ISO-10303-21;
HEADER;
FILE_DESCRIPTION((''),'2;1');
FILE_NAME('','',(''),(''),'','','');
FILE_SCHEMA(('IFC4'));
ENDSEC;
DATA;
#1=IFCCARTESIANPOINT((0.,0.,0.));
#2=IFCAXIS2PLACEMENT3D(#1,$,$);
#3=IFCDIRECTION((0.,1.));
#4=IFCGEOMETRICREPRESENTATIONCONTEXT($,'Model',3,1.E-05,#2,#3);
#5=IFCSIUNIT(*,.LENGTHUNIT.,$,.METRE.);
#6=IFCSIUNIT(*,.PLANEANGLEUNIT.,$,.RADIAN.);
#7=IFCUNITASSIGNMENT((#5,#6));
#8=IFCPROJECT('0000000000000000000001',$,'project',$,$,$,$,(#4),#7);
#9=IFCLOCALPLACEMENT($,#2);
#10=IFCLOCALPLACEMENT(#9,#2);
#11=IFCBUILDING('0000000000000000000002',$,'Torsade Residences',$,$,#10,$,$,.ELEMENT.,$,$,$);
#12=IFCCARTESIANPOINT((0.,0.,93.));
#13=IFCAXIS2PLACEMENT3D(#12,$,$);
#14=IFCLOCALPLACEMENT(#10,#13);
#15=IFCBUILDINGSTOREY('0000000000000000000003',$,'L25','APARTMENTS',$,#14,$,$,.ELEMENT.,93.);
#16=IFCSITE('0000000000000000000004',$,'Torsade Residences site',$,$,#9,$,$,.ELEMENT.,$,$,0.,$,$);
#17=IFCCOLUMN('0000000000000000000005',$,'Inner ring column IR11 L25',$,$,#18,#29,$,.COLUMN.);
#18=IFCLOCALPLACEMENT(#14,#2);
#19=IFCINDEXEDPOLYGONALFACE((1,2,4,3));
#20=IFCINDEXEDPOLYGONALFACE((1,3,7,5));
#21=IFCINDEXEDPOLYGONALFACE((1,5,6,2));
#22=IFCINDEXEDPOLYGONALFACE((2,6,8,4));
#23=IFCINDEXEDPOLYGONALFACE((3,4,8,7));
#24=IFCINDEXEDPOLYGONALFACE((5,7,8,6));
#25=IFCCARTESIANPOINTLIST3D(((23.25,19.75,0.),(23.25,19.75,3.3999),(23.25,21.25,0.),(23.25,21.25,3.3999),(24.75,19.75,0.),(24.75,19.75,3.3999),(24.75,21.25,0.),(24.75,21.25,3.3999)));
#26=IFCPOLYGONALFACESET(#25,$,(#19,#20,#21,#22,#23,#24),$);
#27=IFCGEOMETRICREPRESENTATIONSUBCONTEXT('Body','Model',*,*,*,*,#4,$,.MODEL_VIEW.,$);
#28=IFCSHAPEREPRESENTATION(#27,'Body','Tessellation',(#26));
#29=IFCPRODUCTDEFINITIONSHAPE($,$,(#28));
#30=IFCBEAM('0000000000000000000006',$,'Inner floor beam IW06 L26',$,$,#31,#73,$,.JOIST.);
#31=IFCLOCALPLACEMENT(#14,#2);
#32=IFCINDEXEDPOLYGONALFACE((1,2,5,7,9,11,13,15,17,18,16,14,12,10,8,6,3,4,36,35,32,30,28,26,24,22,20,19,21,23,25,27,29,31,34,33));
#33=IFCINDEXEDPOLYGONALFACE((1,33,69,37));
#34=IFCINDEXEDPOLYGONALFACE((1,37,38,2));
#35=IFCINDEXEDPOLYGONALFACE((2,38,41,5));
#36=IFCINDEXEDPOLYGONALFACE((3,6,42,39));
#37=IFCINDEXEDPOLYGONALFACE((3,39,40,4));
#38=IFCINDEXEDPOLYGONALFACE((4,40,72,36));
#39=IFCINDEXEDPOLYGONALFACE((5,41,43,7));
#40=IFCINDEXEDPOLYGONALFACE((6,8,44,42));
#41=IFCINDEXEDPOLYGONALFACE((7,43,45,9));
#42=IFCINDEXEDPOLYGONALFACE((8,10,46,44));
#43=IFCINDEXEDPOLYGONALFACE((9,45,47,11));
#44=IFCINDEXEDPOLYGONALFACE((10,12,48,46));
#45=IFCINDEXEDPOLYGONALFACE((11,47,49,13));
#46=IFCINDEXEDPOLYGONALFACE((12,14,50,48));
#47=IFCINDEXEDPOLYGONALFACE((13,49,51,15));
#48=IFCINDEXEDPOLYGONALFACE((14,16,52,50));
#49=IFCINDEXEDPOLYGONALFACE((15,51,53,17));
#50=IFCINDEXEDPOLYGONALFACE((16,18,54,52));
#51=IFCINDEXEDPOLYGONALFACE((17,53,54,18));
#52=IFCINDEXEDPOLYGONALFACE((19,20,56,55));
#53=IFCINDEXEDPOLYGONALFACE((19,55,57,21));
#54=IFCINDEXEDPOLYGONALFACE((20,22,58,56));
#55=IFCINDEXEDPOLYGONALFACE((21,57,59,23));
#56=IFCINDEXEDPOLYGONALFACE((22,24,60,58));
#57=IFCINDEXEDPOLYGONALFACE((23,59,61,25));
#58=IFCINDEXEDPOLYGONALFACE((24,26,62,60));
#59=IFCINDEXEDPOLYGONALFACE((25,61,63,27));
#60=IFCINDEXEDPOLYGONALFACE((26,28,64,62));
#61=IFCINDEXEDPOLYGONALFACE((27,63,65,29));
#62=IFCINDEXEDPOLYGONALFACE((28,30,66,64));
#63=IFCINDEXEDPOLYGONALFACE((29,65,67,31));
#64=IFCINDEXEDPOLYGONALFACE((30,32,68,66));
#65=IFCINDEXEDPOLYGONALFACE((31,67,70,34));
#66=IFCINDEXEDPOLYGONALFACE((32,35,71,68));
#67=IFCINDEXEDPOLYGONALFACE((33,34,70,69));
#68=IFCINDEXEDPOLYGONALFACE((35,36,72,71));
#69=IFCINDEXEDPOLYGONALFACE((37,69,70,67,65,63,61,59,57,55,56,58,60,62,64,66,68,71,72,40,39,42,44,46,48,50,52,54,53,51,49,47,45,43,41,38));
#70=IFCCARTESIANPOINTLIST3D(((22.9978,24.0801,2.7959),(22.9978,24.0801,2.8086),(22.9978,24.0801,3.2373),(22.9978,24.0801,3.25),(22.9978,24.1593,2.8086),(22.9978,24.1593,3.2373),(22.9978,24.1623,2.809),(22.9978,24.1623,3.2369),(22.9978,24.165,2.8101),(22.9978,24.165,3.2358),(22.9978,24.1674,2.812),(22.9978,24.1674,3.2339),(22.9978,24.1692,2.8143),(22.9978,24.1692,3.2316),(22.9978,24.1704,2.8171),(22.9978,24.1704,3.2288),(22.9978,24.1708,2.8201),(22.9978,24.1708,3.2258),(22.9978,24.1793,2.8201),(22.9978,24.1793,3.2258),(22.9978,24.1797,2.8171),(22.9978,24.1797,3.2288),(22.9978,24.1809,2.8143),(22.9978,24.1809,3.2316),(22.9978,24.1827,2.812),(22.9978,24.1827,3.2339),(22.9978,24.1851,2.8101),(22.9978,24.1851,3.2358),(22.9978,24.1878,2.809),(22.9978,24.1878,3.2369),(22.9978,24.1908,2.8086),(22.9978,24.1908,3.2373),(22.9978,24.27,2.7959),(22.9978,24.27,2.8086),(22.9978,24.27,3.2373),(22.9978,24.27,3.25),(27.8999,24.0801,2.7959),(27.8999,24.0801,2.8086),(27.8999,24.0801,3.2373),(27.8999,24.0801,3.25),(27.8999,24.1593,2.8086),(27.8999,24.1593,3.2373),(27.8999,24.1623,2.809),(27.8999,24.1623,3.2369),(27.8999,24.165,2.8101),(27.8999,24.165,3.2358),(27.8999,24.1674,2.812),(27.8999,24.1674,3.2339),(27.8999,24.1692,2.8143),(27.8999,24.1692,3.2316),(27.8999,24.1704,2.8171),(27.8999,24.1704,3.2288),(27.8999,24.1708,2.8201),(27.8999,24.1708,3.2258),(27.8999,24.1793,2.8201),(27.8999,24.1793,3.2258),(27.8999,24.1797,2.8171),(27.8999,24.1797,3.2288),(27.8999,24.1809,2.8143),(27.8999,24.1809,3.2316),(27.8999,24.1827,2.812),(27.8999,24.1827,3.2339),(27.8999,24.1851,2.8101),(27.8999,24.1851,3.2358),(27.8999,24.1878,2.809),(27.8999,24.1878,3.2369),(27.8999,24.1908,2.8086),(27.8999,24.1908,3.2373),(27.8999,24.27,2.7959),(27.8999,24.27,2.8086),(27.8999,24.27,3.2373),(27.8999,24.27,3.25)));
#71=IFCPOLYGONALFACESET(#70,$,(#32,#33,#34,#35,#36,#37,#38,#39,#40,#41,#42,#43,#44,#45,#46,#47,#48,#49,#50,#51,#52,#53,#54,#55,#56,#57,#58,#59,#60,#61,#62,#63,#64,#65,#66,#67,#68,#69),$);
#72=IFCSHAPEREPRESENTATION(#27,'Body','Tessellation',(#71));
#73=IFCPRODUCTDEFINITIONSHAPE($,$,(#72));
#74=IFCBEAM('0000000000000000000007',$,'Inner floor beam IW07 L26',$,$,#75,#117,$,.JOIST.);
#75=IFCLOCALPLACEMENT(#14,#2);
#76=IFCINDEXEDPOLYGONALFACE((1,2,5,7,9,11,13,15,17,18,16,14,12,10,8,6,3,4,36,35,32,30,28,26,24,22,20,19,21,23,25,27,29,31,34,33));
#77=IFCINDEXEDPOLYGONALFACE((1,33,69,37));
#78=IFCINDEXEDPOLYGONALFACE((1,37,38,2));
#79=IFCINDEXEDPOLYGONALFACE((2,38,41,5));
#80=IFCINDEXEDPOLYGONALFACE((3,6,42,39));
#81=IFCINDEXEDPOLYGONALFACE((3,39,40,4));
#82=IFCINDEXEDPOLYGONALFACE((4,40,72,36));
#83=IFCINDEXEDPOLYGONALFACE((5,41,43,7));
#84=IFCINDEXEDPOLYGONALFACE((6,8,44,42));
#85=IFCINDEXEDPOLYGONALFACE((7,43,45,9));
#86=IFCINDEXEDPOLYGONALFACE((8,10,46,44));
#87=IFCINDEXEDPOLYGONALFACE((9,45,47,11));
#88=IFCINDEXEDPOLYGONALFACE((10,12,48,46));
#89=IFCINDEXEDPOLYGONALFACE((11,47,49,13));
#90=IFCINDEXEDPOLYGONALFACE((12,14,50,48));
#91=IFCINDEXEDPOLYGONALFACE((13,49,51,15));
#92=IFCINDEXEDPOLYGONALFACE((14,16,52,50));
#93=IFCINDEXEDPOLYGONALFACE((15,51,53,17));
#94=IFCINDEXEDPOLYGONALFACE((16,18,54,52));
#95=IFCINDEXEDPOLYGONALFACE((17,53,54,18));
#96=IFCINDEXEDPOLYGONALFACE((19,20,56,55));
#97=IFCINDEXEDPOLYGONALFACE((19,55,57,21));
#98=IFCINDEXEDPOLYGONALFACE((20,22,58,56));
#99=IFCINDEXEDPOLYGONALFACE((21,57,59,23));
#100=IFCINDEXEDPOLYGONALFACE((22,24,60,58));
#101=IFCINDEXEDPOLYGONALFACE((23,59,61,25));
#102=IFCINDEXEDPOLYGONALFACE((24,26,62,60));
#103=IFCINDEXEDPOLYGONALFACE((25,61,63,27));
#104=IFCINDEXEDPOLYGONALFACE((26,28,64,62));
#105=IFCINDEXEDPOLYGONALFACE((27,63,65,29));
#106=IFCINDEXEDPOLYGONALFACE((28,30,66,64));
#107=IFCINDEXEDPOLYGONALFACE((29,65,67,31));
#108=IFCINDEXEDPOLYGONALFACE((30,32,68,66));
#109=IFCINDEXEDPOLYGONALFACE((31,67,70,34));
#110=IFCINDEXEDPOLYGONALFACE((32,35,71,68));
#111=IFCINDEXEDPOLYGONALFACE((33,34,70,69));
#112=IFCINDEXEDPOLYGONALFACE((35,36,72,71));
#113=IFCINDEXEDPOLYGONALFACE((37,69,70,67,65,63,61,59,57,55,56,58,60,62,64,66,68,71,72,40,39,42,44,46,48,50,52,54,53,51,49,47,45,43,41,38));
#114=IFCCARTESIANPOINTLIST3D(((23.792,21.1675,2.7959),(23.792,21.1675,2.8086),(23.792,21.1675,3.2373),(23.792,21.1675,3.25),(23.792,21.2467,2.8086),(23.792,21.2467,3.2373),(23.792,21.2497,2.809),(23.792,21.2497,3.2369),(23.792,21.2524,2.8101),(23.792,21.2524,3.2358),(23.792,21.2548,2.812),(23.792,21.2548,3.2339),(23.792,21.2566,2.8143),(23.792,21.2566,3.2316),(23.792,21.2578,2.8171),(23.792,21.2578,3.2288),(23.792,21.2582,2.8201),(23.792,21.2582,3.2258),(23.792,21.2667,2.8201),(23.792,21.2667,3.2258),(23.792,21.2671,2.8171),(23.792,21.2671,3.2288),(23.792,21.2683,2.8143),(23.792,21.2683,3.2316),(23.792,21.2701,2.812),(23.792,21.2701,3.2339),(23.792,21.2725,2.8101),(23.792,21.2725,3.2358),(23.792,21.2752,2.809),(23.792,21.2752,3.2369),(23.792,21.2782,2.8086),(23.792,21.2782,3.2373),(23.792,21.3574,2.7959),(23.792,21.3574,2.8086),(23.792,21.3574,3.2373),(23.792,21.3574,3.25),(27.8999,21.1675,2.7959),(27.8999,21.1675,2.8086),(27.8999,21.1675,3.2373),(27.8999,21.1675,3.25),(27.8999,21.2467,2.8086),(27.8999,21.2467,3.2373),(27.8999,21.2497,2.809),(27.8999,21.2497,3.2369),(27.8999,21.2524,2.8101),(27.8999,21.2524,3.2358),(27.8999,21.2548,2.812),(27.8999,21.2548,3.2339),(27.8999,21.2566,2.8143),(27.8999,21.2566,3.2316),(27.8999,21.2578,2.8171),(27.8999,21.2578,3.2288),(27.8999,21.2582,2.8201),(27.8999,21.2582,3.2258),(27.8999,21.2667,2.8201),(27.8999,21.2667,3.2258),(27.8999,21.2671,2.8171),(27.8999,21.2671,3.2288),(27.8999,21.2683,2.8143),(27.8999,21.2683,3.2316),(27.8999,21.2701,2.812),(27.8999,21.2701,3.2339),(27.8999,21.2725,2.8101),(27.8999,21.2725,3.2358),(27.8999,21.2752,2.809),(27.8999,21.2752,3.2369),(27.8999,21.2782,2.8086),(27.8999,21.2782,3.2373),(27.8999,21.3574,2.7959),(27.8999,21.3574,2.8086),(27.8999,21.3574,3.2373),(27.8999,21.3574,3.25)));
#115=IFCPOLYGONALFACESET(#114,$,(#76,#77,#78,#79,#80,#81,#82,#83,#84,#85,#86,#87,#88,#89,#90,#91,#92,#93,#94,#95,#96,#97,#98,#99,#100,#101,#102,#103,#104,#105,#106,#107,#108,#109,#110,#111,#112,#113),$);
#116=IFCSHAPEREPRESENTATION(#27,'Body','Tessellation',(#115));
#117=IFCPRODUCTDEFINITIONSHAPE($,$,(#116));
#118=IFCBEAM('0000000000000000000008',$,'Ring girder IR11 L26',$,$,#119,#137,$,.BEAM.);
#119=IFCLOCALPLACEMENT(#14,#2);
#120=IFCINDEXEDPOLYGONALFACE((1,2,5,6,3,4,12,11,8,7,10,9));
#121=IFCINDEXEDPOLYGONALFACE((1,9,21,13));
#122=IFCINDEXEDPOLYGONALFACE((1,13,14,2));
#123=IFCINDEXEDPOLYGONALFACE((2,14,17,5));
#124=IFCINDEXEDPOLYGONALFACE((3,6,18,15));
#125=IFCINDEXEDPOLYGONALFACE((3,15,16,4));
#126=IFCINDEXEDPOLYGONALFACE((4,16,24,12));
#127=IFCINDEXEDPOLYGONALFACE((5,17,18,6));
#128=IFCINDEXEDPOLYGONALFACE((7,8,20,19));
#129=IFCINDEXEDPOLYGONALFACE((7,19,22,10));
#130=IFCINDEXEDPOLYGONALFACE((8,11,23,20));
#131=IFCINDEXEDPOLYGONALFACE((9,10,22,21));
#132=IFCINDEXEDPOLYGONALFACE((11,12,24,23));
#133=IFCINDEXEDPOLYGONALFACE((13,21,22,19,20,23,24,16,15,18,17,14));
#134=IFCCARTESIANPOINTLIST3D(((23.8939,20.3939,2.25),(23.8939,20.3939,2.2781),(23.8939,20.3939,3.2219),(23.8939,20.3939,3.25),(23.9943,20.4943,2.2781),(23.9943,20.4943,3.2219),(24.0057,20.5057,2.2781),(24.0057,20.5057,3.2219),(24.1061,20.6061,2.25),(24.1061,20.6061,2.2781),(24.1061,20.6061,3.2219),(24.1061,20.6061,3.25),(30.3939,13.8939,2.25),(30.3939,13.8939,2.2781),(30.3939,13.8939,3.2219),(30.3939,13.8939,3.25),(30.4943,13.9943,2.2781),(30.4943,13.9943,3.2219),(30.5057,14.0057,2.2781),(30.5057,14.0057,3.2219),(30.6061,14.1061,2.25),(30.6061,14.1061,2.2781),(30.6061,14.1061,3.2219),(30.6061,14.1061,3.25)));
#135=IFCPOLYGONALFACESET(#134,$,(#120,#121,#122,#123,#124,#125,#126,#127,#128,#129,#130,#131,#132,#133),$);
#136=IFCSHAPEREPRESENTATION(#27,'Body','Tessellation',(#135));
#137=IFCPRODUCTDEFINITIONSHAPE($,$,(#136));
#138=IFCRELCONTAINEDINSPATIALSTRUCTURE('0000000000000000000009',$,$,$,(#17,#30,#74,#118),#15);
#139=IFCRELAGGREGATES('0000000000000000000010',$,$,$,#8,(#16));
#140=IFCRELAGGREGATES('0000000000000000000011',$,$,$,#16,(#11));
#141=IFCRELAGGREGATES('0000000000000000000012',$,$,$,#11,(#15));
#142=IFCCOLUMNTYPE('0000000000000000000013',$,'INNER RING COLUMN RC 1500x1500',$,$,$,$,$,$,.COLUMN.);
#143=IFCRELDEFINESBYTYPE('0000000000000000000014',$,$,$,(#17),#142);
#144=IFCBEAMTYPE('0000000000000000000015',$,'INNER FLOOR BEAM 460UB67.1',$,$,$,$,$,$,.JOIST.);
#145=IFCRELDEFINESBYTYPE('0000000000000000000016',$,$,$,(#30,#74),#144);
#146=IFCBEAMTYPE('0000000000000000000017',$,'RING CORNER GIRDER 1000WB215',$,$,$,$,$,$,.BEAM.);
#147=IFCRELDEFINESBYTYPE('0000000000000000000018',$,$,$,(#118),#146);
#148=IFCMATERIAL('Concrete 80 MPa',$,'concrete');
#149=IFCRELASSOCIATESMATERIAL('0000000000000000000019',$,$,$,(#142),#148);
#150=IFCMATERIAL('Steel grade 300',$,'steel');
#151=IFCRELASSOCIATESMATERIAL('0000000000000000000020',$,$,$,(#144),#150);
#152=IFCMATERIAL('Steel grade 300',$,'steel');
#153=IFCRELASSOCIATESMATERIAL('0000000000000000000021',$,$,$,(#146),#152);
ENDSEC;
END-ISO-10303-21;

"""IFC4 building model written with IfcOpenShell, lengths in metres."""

from ifc_helpers import new_model, si_unit, direction, frame, origin, origin_2d, place, context, subcontext, project, spatial, rectangle, i_section, extrude, material, material_profile, profile_set, type_object, element, save


model = new_model("IFC4")

# Units and contexts
model_context = context("Model", 3, precision=1e-05, world=origin(), true_north=direction((0.0, 1.0)))
body_context = subcontext(model_context, "Body", "Model", "MODEL_VIEW")
ifc_project = project(units=[si_unit("LENGTHUNIT", "METRE"), si_unit("PLANEANGLEUNIT", "RADIAN")], contexts=[model_context])

# Site, building, storey
site_placement = place(None, origin())
site = spatial("IfcSite", under=ifc_project, at=site_placement, Name="Torsade Residences site", CompositionType="ELEMENT", RefElevation=0.0)
building_placement = place(site_placement, origin())
building = spatial("IfcBuilding", under=site, at=building_placement, Name="Torsade Residences", CompositionType="ELEMENT")
storey_placement = place(building_placement, frame((0.0, 0.0, 93.0)))
storey = spatial("IfcBuildingStorey", under=building, at=storey_placement, Name="L25", Description="APARTMENTS", CompositionType="ELEMENT", Elevation=93.0)

# Column
ifc_material_1 = material(Name="Concrete 80 MPa", Category="concrete")
ifc_material_profile_1 = material_profile(ifc_material_1, rectangle(XDim=1.5, YDim=1.5, at=origin_2d()), Name="RC 1500x1500")
ifc_profile_set_1 = profile_set([ifc_material_profile_1], Name="Concrete 80 MPa")
column_type = type_object("IfcColumnType", Name="INNER RING COLUMN RC 1500x1500", PredefinedType="COLUMN", material=ifc_profile_set_1)
column_placement = place(storey_placement, frame((24.0, 20.5, 0.0), z_axis=(0.0, 0.0, 1.0), x_axis=(1.0, 0.0, 0.0)))
element("IfcColumn", 1, at=column_placement, inside=storey, type_object=column_type, Name="Inner ring column IR11 L25", PredefinedType="COLUMN", context=body_context, shape_type="SweptSolid", body=[
    extrude(rectangle(XDim=1.5, YDim=1.5, at=origin_2d()), origin(), (0.0, 0.0, 1.0), 3.3999),
])

# Beams
ifc_material_2 = material(Name="Steel grade 300", Category="steel")
ifc_material_profile_2 = material_profile(ifc_material_2, i_section(OverallWidth=0.1899, OverallDepth=0.4541, WebThickness=0.0085, FlangeThickness=0.0127, FilletRadius=0.0115, at=origin_2d()), Name="460UB67.1")
ifc_profile_set_2 = profile_set([ifc_material_profile_2], Name="Steel grade 300")
beam_type_1 = type_object("IfcBeamType", Name="INNER FLOOR BEAM 460UB67.1", PredefinedType="JOIST", material=ifc_profile_set_2)
beam_1_placement = place(storey_placement, frame((27.8999, 24.175, 3.0229), z_axis=(-1.0, 0.0, 0.0), x_axis=(0.0, -1.0, 0.0)))
element("IfcBeam", 2, at=beam_1_placement, inside=storey, type_object=beam_type_1, Name="Inner floor beam IW06 L26", PredefinedType="JOIST", context=body_context, shape_type="SweptSolid", body=[
    extrude(i_section(OverallWidth=0.1899, OverallDepth=0.4541, WebThickness=0.0085, FlangeThickness=0.0127, FilletRadius=0.0115, at=origin_2d()), origin(), (0.0, 0.0, 1.0), 4.9021),
])
beam_2_placement = place(storey_placement, frame((27.8999, 21.2625, 3.0229), z_axis=(-1.0, 0.0, 0.0), x_axis=(0.0, -1.0, 0.0)))
element("IfcBeam", 3, at=beam_2_placement, inside=storey, type_object=beam_type_1, Name="Inner floor beam IW07 L26", PredefinedType="JOIST", context=body_context, shape_type="SweptSolid", body=[
    extrude(i_section(OverallWidth=0.1899, OverallDepth=0.4541, WebThickness=0.0085, FlangeThickness=0.0127, FilletRadius=0.0115, at=origin_2d()), origin(), (0.0, 0.0, 1.0), 4.1079),
])
ifc_material_3 = material(Name="Steel grade 300", Category="steel")
ifc_material_profile_3 = material_profile(ifc_material_3, i_section(OverallWidth=0.3, OverallDepth=1.0, WebThickness=0.0161, FlangeThickness=0.0281, at=origin_2d()), Name="1000WB215")
ifc_profile_set_3 = profile_set([ifc_material_profile_3], Name="Steel grade 300")
beam_type_2 = type_object("IfcBeamType", Name="RING CORNER GIRDER 1000WB215", PredefinedType="BEAM", material=ifc_profile_set_3)
beam_3_placement = place(storey_placement, frame((24.0, 20.5, 2.75), z_axis=(0.707107, -0.707107, 0.0), x_axis=(0.707107, 0.707107, 0.0)))
element("IfcBeam", 4, at=beam_3_placement, inside=storey, type_object=beam_type_2, Name="Ring girder IR11 L26", PredefinedType="BEAM", context=body_context, shape_type="SweptSolid", body=[
    extrude(i_section(OverallWidth=0.3, OverallDepth=1.0, WebThickness=0.0161, FlangeThickness=0.0281, at=origin_2d()), origin(), (0.0, 0.0, 1.0), 9.1924),
])

save(model, "model.ifc")
